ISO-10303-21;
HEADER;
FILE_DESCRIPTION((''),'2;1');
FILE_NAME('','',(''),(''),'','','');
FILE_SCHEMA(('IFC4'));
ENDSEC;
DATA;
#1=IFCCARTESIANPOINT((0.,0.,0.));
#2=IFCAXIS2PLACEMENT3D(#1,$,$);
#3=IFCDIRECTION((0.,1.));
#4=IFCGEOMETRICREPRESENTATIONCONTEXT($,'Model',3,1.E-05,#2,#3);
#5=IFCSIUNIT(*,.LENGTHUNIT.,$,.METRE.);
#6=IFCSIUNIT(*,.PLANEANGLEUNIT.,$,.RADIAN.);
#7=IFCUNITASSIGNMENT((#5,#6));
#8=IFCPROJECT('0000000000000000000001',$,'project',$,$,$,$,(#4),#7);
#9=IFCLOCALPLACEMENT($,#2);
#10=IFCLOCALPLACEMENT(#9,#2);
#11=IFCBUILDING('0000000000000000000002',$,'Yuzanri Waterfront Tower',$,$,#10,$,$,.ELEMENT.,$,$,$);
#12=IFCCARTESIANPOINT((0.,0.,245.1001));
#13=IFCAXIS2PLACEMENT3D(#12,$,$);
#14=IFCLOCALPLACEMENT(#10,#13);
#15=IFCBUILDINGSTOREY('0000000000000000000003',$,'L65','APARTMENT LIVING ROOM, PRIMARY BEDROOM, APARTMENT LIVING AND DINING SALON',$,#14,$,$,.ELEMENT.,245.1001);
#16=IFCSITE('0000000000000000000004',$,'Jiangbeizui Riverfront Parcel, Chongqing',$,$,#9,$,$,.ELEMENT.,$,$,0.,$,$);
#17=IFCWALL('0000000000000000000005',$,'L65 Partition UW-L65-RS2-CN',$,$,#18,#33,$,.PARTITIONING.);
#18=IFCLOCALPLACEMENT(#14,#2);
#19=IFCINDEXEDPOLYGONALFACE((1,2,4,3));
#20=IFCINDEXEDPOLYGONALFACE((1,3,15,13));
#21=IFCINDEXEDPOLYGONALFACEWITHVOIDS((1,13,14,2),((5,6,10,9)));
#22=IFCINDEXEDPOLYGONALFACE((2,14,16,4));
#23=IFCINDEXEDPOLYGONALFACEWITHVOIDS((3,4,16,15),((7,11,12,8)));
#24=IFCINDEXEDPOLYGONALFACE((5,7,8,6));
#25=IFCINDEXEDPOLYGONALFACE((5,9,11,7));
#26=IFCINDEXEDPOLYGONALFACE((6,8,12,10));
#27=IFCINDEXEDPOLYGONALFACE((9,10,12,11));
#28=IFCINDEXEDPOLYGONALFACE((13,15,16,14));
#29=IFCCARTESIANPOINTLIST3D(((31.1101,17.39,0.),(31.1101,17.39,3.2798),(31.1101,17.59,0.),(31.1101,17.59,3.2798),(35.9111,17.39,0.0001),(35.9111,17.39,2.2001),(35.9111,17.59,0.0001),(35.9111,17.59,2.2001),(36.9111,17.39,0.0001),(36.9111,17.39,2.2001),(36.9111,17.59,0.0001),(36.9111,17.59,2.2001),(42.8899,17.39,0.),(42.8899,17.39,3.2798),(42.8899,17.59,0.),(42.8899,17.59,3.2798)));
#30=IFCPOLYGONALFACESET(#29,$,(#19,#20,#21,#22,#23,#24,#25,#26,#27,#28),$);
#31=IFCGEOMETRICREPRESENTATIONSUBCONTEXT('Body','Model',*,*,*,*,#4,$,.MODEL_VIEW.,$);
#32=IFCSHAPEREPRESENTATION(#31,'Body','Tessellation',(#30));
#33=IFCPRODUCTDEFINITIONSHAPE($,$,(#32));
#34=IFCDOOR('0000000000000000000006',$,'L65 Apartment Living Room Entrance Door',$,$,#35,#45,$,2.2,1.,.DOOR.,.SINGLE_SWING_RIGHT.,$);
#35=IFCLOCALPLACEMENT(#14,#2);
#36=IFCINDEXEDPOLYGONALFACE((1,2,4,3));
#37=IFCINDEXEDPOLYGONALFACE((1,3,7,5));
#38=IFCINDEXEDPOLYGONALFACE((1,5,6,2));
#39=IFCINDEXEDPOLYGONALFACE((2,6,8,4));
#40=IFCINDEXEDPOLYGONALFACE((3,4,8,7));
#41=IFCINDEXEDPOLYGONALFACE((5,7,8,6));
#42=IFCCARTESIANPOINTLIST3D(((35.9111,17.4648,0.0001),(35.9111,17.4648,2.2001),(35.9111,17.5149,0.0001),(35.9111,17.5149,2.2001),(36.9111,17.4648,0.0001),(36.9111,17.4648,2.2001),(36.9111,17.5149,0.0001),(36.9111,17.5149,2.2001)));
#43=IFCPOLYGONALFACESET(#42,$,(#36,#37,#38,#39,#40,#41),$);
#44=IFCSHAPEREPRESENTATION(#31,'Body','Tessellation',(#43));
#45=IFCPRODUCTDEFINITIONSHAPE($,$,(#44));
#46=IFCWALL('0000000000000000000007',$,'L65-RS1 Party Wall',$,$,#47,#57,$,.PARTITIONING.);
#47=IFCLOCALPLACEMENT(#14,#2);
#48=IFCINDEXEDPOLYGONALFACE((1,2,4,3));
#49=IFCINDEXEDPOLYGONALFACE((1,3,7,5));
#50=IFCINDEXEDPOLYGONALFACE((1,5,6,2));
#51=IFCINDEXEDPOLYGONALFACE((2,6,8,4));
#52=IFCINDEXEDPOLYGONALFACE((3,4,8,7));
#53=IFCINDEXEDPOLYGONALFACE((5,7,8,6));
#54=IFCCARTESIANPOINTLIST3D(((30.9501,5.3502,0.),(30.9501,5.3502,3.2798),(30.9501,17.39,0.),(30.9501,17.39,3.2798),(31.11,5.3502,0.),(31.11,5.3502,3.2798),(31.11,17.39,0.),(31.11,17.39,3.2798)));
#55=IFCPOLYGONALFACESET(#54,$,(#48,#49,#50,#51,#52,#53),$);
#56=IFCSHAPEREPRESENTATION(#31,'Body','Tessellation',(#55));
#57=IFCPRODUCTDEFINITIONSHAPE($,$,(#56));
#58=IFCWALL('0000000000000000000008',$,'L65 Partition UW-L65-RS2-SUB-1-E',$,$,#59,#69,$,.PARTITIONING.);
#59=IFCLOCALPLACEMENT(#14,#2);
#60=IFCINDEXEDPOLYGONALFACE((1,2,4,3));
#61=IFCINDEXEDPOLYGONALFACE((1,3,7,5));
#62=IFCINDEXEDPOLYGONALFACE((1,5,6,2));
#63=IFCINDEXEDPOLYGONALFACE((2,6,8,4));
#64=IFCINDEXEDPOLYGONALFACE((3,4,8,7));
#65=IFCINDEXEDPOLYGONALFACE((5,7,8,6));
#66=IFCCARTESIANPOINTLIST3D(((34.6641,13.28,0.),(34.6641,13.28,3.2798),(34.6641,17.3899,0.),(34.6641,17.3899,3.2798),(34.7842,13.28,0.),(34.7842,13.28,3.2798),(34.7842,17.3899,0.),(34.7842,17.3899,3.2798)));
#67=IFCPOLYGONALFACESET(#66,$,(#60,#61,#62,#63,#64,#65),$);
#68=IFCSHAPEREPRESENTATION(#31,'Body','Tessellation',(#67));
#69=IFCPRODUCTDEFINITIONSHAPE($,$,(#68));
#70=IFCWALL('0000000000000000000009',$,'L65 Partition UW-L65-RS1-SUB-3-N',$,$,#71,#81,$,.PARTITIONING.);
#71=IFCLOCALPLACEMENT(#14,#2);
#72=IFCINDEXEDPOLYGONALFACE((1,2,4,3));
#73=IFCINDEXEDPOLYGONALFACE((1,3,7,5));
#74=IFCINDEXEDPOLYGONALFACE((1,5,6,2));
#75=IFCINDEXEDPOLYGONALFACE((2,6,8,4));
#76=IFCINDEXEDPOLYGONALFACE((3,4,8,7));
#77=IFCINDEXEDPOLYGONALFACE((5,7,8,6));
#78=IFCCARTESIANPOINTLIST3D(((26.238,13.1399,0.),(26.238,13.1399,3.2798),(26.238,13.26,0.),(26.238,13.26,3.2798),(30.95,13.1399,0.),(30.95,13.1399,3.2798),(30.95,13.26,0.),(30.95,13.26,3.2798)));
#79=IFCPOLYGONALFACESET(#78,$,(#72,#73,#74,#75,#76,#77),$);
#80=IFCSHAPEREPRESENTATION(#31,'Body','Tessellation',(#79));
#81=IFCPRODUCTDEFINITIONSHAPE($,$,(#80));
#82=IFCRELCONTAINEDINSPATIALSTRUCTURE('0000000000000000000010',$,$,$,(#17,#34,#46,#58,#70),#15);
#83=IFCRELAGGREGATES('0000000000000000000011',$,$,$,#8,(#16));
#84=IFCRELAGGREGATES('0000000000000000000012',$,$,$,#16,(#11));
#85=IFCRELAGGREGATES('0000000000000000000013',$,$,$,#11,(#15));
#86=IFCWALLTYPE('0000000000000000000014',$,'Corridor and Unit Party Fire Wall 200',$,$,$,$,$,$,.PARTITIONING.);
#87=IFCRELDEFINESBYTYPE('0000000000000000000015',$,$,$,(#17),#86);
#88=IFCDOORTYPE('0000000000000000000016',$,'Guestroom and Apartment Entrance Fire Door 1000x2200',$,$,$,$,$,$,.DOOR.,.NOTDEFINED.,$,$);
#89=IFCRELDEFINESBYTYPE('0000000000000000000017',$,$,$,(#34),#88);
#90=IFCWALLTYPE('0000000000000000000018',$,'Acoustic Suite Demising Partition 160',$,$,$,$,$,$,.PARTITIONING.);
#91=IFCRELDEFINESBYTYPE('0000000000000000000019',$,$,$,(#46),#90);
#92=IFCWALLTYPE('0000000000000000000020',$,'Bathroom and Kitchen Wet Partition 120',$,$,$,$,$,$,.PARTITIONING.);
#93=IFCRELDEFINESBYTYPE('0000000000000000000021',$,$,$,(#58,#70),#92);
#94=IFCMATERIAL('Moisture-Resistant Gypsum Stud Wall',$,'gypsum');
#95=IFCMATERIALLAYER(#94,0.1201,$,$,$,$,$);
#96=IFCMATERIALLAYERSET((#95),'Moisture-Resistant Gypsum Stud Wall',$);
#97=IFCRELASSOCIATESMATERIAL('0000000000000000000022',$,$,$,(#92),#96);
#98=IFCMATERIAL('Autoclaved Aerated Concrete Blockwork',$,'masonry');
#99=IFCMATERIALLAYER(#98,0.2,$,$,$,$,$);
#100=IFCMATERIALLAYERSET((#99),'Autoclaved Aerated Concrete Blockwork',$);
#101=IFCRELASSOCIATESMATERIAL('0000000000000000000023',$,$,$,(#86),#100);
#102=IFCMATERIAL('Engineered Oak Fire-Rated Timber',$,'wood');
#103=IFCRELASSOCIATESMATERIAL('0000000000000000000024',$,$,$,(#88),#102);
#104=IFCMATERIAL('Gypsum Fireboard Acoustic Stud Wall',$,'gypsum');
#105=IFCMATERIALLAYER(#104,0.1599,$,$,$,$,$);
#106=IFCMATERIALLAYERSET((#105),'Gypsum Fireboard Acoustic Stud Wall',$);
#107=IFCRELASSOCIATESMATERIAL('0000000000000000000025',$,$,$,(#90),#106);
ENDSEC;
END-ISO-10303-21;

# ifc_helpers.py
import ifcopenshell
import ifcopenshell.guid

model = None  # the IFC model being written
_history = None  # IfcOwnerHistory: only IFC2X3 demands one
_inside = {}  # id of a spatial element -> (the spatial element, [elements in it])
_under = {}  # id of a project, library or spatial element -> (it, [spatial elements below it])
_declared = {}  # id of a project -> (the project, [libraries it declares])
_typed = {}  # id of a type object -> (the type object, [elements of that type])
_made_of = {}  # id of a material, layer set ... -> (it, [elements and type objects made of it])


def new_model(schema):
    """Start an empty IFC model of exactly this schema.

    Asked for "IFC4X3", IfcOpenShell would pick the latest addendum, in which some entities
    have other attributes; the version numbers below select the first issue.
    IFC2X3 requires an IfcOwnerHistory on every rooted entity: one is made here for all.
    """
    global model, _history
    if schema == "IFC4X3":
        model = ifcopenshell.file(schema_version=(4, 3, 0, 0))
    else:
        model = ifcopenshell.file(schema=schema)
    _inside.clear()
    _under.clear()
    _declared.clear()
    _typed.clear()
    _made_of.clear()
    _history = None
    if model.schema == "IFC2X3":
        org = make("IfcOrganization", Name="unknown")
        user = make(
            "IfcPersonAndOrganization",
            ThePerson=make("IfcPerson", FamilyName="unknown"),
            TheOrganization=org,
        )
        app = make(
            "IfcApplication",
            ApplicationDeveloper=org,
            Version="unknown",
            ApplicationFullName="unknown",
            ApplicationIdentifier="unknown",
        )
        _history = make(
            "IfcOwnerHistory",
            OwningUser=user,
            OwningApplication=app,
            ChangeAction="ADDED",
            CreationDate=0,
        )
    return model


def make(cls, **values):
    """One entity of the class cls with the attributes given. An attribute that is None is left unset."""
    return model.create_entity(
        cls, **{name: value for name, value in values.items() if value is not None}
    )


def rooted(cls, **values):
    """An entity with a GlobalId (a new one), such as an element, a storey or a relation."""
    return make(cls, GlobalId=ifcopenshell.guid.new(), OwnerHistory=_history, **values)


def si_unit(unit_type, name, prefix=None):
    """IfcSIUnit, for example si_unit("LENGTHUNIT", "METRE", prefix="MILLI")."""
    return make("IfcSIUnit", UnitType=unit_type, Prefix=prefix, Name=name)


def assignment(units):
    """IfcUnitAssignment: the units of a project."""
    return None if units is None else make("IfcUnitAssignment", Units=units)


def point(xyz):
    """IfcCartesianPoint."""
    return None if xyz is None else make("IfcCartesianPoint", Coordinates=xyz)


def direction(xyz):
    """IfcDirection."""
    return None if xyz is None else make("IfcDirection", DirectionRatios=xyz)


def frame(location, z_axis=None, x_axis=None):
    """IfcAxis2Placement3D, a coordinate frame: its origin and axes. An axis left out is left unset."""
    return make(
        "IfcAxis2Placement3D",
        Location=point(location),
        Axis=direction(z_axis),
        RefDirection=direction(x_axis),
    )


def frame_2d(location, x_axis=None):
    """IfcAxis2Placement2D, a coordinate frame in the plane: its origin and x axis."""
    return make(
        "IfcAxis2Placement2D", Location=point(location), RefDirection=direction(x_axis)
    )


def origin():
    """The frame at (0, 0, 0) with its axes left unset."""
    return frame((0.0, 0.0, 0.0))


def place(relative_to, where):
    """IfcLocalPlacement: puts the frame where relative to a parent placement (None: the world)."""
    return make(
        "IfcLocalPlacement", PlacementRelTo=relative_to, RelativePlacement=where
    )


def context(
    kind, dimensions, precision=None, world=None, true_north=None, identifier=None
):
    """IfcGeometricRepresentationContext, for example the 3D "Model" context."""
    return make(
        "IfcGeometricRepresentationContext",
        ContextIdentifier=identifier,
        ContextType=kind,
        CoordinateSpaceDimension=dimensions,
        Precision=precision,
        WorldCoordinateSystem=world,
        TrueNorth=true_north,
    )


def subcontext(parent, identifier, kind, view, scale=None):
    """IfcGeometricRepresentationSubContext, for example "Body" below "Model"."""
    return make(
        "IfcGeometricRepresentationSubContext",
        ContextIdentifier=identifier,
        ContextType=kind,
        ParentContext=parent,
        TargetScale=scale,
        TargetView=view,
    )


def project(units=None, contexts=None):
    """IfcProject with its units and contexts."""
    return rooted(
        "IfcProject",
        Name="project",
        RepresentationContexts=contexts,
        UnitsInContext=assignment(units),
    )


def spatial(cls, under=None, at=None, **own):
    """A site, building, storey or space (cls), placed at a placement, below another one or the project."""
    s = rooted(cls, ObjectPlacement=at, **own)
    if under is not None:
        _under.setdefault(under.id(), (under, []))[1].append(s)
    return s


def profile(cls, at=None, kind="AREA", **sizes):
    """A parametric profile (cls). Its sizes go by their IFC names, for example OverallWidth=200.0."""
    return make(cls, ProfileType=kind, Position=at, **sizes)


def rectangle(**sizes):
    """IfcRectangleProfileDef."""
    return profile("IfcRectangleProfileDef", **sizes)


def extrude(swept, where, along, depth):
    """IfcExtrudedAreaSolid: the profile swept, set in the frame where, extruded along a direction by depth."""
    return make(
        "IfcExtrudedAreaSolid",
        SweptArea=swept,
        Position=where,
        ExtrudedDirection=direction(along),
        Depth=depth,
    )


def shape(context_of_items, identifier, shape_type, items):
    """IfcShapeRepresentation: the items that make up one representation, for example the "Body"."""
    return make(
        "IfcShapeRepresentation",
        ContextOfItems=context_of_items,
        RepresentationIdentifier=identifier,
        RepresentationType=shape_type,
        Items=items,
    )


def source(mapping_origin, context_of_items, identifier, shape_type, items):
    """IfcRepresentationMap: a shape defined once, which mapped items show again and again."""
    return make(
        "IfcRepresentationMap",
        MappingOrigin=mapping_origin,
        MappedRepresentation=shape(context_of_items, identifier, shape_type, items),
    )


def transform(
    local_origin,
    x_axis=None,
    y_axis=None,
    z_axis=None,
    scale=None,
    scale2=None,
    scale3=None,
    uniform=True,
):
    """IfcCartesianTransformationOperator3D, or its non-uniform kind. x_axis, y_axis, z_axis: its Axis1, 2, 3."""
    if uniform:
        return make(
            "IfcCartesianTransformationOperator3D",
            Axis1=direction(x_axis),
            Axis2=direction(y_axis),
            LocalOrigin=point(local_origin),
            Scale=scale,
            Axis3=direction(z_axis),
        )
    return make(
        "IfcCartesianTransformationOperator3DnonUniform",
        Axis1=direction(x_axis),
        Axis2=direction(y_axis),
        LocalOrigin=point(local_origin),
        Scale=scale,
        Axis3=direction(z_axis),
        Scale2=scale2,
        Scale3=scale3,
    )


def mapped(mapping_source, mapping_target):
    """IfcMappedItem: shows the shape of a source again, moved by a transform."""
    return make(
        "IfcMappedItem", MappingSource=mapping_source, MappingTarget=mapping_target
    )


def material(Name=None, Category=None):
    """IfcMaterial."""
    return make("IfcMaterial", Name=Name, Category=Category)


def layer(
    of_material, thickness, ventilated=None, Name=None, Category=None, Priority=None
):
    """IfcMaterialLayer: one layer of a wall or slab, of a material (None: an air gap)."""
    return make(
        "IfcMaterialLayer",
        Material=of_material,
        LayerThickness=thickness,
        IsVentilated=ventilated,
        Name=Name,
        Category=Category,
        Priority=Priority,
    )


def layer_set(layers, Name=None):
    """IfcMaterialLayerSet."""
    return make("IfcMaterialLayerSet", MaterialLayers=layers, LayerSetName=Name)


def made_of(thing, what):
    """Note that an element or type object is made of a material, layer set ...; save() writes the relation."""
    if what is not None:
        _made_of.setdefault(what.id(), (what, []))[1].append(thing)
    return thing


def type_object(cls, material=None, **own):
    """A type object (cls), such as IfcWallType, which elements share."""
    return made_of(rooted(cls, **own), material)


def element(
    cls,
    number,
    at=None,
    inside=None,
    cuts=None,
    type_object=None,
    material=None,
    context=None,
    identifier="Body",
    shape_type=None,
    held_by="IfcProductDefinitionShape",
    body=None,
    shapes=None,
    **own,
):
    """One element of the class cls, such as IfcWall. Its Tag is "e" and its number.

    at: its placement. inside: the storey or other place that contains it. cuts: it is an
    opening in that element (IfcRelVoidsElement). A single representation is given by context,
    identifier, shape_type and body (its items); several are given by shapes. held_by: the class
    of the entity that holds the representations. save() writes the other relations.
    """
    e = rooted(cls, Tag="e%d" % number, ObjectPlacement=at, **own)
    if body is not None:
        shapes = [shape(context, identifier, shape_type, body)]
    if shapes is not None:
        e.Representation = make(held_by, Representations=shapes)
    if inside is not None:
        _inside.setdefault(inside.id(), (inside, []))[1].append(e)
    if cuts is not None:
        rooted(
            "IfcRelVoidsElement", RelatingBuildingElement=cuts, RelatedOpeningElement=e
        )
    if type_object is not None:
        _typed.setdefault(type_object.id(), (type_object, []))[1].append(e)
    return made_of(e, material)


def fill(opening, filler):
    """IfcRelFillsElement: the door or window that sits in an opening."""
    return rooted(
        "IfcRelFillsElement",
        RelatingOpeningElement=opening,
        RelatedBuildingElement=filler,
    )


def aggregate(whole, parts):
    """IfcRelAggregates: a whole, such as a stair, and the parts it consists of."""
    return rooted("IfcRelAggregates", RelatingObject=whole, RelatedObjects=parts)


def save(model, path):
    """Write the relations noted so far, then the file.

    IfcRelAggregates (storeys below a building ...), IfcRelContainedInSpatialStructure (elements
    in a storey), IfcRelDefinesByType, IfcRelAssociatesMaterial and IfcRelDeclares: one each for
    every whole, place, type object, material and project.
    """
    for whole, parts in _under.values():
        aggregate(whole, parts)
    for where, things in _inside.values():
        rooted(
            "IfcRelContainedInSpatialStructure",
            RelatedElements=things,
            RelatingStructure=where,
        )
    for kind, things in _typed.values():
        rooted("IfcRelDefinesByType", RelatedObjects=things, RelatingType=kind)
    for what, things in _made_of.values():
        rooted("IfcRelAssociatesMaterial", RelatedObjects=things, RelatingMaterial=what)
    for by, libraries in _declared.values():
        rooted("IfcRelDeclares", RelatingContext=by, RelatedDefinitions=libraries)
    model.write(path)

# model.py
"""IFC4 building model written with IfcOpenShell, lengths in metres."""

from ifc_helpers import new_model, si_unit, direction, frame, frame_2d, origin, place, context, subcontext, project, spatial, rectangle, extrude, source, transform, mapped, material, layer, layer_set, type_object, element, fill, save


model = new_model("IFC4")

# Units and contexts
model_context = context("Model", 3, precision=1e-05, world=origin(), true_north=direction((0.0, 1.0)))
body_context = subcontext(model_context, "Body", "Model", "MODEL_VIEW")
ifc_project = project(units=[si_unit("LENGTHUNIT", "METRE"), si_unit("PLANEANGLEUNIT", "RADIAN")], contexts=[model_context])

# Site, building, storey
site_placement = place(None, origin())
site = spatial("IfcSite", under=ifc_project, at=site_placement, Name="Jiangbeizui Riverfront Parcel, Chongqing", CompositionType="ELEMENT", RefElevation=0.0)
building_placement = place(site_placement, origin())
building = spatial("IfcBuilding", under=site, at=building_placement, Name="Yuzanri Waterfront Tower", CompositionType="ELEMENT")
storey_placement = place(building_placement, frame((0.0, 0.0, 245.1001)))
storey = spatial("IfcBuildingStorey", under=building, at=storey_placement, Name="L65", Description="APARTMENT LIVING ROOM, PRIMARY BEDROOM, APARTMENT LIVING AND DINING SALON", CompositionType="ELEMENT", Elevation=245.1001)

# Wall, opening, door
ifc_material_1 = material(Name="Moisture-Resistant Gypsum Stud Wall", Category="gypsum")
ifc_layer_1 = layer(ifc_material_1, 0.1201)
ifc_layer_set_1 = layer_set([ifc_layer_1], Name="Moisture-Resistant Gypsum Stud Wall")
wall_type_1 = type_object("IfcWallType", Name="Bathroom and Kitchen Wet Partition 120", PredefinedType="PARTITIONING", material=ifc_layer_set_1)
ifc_material_2 = material(Name="Autoclaved Aerated Concrete Blockwork", Category="masonry")
ifc_layer_2 = layer(ifc_material_2, 0.2)
ifc_layer_set_2 = layer_set([ifc_layer_2], Name="Autoclaved Aerated Concrete Blockwork")
wall_type_2 = type_object("IfcWallType", Name="Corridor and Unit Party Fire Wall 200", PredefinedType="PARTITIONING", material=ifc_layer_set_2)
wall_1_placement = place(storey_placement, frame((31.1101, 17.49, 0.0), z_axis=(0.0, 0.0, 1.0), x_axis=(1.0, 0.0, 0.0)))
wall_1 = element("IfcWall", 1, at=wall_1_placement, inside=storey, type_object=wall_type_2, Name="L65 Partition UW-L65-RS2-CN", PredefinedType="PARTITIONING", context=body_context, shape_type="SweptSolid", body=[
    extrude(rectangle(XDim=11.7798, YDim=0.2, at=frame_2d((5.8899, 0.0))), origin(), (0.0, 0.0, 1.0), 3.2798),
])
opening_1_placement = place(wall_1_placement, frame((4.801, 0.0, 0.0)))
opening_1 = element("IfcOpeningElement", 2, at=opening_1_placement, cuts=wall_1, PredefinedType="OPENING", context=body_context, shape_type="SweptSolid", body=[
    extrude(rectangle(XDim=1.0, YDim=2.2, at=frame_2d((0.5, 1.1001))), frame((0.0, 0.1147, 0.0), z_axis=(0.0, -1.0, 0.0), x_axis=(1.0, 0.0, 0.0)), (0.0, 0.0, 1.0), 0.2297),
])
ifc_material_3 = material(Name="Engineered Oak Fire-Rated Timber", Category="wood")
door_type_1 = type_object("IfcDoorType", Name="Guestroom and Apartment Entrance Fire Door 1000x2200", OperationType="NOTDEFINED", PredefinedType="DOOR", material=ifc_material_3)
shared_shape_1 = source(origin(), body_context, "Body", "SweptSolid", [
    extrude(rectangle(XDim=1.0, YDim=2.2, at=frame_2d((0.5, 1.1001))), frame((0.0, 0.0249, 0.0), z_axis=(0.0, -1.0, 0.0), x_axis=(1.0, 0.0, 0.0)), (0.0, 0.0, 1.0), 0.05),
])
door_1_placement = place(opening_1_placement, origin())
door_1 = element("IfcDoor", 3, at=door_1_placement, inside=storey, type_object=door_type_1, Name="L65 Apartment Living Room Entrance Door", OperationType="SINGLE_SWING_RIGHT", OverallHeight=2.2, OverallWidth=1.0, PredefinedType="DOOR", context=body_context, shape_type="MappedRepresentation", body=[
    mapped(shared_shape_1, transform((0.0, 0.0, 0.0), scale=1.0)),
])
fill(opening_1, door_1)

# Walls
ifc_material_4 = material(Name="Gypsum Fireboard Acoustic Stud Wall", Category="gypsum")
ifc_layer_3 = layer(ifc_material_4, 0.1599)
ifc_layer_set_3 = layer_set([ifc_layer_3], Name="Gypsum Fireboard Acoustic Stud Wall")
wall_type_3 = type_object("IfcWallType", Name="Acoustic Suite Demising Partition 160", PredefinedType="PARTITIONING", material=ifc_layer_set_3)
shared_shape_2 = source(origin(), body_context, "Body", "SweptSolid", [
    extrude(rectangle(XDim=12.0398, YDim=0.1599, at=frame_2d((6.02, 0.0))), origin(), (0.0, 0.0, 1.0), 3.2798),
])
wall_2_placement = place(storey_placement, frame((31.03, 5.3501, 0.0), z_axis=(0.0, 0.0, 1.0), x_axis=(0.0, 1.0, 0.0)))
element("IfcWall", 4, at=wall_2_placement, inside=storey, type_object=wall_type_3, Name="L65-RS1 Party Wall", PredefinedType="PARTITIONING", context=body_context, shape_type="MappedRepresentation", body=[
    mapped(shared_shape_2, transform((0.0, 0.0, 0.0), scale=1.0)),
])
shared_shape_3 = source(origin(), body_context, "Body", "SweptSolid", [
    extrude(rectangle(XDim=4.1099, YDim=0.1201, at=frame_2d((2.0549, 0.0))), origin(), (0.0, 0.0, 1.0), 3.2798),
])
wall_3_placement = place(storey_placement, frame((34.7241, 13.28, 0.0), z_axis=(0.0, 0.0, 1.0), x_axis=(0.0, 1.0, 0.0)))
element("IfcWall", 5, at=wall_3_placement, inside=storey, type_object=wall_type_1, Name="L65 Partition UW-L65-RS2-SUB-1-E", PredefinedType="PARTITIONING", context=body_context, shape_type="MappedRepresentation", body=[
    mapped(shared_shape_3, transform((0.0, 0.0, 0.0), scale=1.0)),
])
shared_shape_4 = source(origin(), body_context, "Body", "SweptSolid", [
    extrude(rectangle(XDim=4.7119, YDim=0.1201, at=frame_2d((2.356, 0.0))), origin(), (0.0, 0.0, 1.0), 3.2798),
])
wall_4_placement = place(storey_placement, frame((26.238, 13.2, 0.0), z_axis=(0.0, 0.0, 1.0), x_axis=(1.0, 0.0, 0.0)))
element("IfcWall", 6, at=wall_4_placement, inside=storey, type_object=wall_type_1, Name="L65 Partition UW-L65-RS1-SUB-3-N", PredefinedType="PARTITIONING", context=body_context, shape_type="MappedRepresentation", body=[
    mapped(shared_shape_4, transform((0.0, 0.0, 0.0), scale=1.0)),
])

save(model, "model.ifc")
